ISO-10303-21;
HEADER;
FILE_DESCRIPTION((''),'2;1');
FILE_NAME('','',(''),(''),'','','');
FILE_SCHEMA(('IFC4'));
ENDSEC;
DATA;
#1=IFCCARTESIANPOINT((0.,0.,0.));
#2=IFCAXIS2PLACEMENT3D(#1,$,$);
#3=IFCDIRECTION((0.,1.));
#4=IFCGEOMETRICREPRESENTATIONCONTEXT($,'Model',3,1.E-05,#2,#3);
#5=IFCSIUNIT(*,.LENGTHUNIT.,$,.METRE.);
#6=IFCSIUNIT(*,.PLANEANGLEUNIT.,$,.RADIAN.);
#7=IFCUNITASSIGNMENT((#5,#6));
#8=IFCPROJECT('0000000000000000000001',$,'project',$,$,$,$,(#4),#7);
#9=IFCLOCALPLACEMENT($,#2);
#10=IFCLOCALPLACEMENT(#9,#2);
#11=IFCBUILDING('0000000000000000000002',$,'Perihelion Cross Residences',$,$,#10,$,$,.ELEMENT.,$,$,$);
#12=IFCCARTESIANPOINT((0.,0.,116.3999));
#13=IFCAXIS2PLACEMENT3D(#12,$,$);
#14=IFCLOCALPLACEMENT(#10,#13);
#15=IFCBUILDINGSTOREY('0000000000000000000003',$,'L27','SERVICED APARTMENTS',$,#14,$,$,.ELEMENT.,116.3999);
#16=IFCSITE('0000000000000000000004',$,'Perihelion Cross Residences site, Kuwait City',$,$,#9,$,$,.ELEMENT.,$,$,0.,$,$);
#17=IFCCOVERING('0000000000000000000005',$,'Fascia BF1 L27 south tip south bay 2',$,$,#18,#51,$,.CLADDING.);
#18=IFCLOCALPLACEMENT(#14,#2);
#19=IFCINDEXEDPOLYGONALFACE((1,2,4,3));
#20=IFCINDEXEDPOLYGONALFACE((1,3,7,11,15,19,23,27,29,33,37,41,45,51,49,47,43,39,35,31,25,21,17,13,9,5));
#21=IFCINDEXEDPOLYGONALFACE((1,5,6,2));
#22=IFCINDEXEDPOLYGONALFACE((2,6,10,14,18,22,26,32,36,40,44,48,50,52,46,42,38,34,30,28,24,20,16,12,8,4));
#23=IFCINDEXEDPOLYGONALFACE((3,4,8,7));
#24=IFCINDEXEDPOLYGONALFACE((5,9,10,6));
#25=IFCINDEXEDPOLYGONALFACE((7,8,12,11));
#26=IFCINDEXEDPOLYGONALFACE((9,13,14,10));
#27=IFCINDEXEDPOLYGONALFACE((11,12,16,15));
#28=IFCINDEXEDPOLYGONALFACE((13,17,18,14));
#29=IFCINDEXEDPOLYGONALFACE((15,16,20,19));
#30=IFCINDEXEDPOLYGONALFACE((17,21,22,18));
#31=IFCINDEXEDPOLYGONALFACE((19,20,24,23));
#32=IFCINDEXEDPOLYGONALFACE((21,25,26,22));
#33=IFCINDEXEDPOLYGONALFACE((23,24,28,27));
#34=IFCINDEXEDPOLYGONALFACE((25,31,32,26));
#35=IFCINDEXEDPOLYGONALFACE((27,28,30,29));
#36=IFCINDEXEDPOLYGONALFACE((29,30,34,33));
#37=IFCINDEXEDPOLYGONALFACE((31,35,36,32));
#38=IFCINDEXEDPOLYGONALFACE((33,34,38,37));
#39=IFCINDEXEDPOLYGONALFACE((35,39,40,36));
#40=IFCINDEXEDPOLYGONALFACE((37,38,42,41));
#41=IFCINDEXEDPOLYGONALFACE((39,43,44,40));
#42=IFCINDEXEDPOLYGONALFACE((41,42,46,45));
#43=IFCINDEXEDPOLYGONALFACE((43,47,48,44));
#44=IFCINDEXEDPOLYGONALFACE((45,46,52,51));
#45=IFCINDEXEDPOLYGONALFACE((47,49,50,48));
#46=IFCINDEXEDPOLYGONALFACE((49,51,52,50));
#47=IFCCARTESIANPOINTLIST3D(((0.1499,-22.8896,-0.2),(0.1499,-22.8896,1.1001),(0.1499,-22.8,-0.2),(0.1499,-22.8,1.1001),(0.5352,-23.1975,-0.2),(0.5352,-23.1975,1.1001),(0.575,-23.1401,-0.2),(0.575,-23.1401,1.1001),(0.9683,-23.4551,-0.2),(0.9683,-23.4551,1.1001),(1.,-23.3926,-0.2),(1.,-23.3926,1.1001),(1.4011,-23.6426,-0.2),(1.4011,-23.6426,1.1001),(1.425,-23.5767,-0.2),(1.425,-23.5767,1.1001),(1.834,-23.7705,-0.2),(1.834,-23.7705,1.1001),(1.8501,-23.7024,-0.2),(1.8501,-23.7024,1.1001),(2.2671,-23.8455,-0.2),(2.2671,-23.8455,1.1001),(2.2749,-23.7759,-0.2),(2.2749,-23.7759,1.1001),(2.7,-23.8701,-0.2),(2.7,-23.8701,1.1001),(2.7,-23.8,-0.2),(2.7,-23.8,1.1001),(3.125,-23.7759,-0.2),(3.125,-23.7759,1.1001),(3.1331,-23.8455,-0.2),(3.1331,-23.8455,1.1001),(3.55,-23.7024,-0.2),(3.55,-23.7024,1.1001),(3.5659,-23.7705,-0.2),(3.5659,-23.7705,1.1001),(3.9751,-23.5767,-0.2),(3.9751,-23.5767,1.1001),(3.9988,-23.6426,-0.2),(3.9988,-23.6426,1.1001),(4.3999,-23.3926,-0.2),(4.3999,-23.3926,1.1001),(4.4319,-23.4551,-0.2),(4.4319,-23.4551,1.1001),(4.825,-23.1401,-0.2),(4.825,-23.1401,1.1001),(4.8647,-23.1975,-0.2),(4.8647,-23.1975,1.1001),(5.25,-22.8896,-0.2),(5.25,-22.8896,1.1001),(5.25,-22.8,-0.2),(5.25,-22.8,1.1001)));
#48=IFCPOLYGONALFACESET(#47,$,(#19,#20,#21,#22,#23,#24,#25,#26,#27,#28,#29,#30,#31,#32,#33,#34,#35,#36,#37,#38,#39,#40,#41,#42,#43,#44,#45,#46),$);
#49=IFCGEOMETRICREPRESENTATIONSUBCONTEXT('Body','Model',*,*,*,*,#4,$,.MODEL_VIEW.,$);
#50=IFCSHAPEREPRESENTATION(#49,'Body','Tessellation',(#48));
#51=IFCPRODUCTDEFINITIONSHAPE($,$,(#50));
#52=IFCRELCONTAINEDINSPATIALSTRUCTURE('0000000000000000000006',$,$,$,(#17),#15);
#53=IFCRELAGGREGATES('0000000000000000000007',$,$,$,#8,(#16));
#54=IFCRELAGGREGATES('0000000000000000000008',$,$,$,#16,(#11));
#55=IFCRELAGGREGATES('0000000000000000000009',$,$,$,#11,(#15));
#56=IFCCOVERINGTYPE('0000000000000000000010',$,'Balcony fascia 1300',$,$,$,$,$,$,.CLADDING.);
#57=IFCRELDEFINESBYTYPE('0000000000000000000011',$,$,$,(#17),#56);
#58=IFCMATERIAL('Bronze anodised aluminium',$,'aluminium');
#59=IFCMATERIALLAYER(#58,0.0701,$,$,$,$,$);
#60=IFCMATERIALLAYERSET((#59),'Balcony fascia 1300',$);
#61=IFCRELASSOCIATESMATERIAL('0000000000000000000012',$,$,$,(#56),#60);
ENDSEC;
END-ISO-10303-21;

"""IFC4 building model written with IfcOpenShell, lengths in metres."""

from ifc_helpers import new_model, si_unit, direction, frame, origin, place, context, subcontext, project, spatial, polyline, outline, extrude, material, layer, layer_set, type_object, element, save


model = new_model("IFC4")

# Units and contexts
model_context = context("Model", 3, precision=1e-05, world=origin(), true_north=direction((0.0, 1.0)))
body_context = subcontext(model_context, "Body", "Model", "MODEL_VIEW")
ifc_project = project(units=[si_unit("LENGTHUNIT", "METRE"), si_unit("PLANEANGLEUNIT", "RADIAN")], contexts=[model_context])

# Site, building, storey
site_placement = place(None, origin())
site = spatial("IfcSite", under=ifc_project, at=site_placement, Name="Perihelion Cross Residences site, Kuwait City", CompositionType="ELEMENT", RefElevation=0.0)
building_placement = place(site_placement, origin())
building = spatial("IfcBuilding", under=site, at=building_placement, Name="Perihelion Cross Residences", CompositionType="ELEMENT")
storey_placement = place(building_placement, frame((0.0, 0.0, 116.3999)))
storey = spatial("IfcBuildingStorey", under=building, at=storey_placement, Name="L27", Description="SERVICED APARTMENTS", CompositionType="ELEMENT", Elevation=116.3999)

# Covering
ifc_material_1 = material(Name="Bronze anodised aluminium", Category="aluminium")
ifc_layer_1 = layer(ifc_material_1, 0.0701)
ifc_layer_set_1 = layer_set([ifc_layer_1], Name="Balcony fascia 1300")
covering_type = type_object("IfcCoveringType", Name="Balcony fascia 1300", PredefinedType="CLADDING", material=ifc_layer_set_1)
covering_placement = place(storey_placement, frame((0.0, 0.0, -0.2)))
element("IfcCovering", 1, at=covering_placement, inside=storey, type_object=covering_type, Name="Fascia BF1 L27 south tip south bay 2", PredefinedType="CLADDING", context=body_context, shape_type="SweptSolid", body=[
    extrude(outline(polyline([(0.5352, -23.1975), (0.9683, -23.4551), (1.4011, -23.6426), (1.834, -23.7705), (2.2671, -23.8455), (2.7, -23.8701), (3.1331, -23.8455), (3.5659, -23.7705), (3.9988, -23.6426), (4.4319, -23.4551), (4.8647, -23.1975), (5.25, -22.8896), (5.25, -22.8), (4.825, -23.1401), (4.3999, -23.3926), (3.9751, -23.5767), (3.55, -23.7024), (3.125, -23.7759), (2.7, -23.8), (2.2749, -23.7759), (1.8501, -23.7024), (1.425, -23.5767), (1.0, -23.3926), (0.575, -23.1401), (0.1499, -22.8), (0.1499, -22.8896), (0.5352, -23.1975)])), origin(), (0.0, 0.0, 1.0), 1.3),
])

save(model, "model.ifc")
